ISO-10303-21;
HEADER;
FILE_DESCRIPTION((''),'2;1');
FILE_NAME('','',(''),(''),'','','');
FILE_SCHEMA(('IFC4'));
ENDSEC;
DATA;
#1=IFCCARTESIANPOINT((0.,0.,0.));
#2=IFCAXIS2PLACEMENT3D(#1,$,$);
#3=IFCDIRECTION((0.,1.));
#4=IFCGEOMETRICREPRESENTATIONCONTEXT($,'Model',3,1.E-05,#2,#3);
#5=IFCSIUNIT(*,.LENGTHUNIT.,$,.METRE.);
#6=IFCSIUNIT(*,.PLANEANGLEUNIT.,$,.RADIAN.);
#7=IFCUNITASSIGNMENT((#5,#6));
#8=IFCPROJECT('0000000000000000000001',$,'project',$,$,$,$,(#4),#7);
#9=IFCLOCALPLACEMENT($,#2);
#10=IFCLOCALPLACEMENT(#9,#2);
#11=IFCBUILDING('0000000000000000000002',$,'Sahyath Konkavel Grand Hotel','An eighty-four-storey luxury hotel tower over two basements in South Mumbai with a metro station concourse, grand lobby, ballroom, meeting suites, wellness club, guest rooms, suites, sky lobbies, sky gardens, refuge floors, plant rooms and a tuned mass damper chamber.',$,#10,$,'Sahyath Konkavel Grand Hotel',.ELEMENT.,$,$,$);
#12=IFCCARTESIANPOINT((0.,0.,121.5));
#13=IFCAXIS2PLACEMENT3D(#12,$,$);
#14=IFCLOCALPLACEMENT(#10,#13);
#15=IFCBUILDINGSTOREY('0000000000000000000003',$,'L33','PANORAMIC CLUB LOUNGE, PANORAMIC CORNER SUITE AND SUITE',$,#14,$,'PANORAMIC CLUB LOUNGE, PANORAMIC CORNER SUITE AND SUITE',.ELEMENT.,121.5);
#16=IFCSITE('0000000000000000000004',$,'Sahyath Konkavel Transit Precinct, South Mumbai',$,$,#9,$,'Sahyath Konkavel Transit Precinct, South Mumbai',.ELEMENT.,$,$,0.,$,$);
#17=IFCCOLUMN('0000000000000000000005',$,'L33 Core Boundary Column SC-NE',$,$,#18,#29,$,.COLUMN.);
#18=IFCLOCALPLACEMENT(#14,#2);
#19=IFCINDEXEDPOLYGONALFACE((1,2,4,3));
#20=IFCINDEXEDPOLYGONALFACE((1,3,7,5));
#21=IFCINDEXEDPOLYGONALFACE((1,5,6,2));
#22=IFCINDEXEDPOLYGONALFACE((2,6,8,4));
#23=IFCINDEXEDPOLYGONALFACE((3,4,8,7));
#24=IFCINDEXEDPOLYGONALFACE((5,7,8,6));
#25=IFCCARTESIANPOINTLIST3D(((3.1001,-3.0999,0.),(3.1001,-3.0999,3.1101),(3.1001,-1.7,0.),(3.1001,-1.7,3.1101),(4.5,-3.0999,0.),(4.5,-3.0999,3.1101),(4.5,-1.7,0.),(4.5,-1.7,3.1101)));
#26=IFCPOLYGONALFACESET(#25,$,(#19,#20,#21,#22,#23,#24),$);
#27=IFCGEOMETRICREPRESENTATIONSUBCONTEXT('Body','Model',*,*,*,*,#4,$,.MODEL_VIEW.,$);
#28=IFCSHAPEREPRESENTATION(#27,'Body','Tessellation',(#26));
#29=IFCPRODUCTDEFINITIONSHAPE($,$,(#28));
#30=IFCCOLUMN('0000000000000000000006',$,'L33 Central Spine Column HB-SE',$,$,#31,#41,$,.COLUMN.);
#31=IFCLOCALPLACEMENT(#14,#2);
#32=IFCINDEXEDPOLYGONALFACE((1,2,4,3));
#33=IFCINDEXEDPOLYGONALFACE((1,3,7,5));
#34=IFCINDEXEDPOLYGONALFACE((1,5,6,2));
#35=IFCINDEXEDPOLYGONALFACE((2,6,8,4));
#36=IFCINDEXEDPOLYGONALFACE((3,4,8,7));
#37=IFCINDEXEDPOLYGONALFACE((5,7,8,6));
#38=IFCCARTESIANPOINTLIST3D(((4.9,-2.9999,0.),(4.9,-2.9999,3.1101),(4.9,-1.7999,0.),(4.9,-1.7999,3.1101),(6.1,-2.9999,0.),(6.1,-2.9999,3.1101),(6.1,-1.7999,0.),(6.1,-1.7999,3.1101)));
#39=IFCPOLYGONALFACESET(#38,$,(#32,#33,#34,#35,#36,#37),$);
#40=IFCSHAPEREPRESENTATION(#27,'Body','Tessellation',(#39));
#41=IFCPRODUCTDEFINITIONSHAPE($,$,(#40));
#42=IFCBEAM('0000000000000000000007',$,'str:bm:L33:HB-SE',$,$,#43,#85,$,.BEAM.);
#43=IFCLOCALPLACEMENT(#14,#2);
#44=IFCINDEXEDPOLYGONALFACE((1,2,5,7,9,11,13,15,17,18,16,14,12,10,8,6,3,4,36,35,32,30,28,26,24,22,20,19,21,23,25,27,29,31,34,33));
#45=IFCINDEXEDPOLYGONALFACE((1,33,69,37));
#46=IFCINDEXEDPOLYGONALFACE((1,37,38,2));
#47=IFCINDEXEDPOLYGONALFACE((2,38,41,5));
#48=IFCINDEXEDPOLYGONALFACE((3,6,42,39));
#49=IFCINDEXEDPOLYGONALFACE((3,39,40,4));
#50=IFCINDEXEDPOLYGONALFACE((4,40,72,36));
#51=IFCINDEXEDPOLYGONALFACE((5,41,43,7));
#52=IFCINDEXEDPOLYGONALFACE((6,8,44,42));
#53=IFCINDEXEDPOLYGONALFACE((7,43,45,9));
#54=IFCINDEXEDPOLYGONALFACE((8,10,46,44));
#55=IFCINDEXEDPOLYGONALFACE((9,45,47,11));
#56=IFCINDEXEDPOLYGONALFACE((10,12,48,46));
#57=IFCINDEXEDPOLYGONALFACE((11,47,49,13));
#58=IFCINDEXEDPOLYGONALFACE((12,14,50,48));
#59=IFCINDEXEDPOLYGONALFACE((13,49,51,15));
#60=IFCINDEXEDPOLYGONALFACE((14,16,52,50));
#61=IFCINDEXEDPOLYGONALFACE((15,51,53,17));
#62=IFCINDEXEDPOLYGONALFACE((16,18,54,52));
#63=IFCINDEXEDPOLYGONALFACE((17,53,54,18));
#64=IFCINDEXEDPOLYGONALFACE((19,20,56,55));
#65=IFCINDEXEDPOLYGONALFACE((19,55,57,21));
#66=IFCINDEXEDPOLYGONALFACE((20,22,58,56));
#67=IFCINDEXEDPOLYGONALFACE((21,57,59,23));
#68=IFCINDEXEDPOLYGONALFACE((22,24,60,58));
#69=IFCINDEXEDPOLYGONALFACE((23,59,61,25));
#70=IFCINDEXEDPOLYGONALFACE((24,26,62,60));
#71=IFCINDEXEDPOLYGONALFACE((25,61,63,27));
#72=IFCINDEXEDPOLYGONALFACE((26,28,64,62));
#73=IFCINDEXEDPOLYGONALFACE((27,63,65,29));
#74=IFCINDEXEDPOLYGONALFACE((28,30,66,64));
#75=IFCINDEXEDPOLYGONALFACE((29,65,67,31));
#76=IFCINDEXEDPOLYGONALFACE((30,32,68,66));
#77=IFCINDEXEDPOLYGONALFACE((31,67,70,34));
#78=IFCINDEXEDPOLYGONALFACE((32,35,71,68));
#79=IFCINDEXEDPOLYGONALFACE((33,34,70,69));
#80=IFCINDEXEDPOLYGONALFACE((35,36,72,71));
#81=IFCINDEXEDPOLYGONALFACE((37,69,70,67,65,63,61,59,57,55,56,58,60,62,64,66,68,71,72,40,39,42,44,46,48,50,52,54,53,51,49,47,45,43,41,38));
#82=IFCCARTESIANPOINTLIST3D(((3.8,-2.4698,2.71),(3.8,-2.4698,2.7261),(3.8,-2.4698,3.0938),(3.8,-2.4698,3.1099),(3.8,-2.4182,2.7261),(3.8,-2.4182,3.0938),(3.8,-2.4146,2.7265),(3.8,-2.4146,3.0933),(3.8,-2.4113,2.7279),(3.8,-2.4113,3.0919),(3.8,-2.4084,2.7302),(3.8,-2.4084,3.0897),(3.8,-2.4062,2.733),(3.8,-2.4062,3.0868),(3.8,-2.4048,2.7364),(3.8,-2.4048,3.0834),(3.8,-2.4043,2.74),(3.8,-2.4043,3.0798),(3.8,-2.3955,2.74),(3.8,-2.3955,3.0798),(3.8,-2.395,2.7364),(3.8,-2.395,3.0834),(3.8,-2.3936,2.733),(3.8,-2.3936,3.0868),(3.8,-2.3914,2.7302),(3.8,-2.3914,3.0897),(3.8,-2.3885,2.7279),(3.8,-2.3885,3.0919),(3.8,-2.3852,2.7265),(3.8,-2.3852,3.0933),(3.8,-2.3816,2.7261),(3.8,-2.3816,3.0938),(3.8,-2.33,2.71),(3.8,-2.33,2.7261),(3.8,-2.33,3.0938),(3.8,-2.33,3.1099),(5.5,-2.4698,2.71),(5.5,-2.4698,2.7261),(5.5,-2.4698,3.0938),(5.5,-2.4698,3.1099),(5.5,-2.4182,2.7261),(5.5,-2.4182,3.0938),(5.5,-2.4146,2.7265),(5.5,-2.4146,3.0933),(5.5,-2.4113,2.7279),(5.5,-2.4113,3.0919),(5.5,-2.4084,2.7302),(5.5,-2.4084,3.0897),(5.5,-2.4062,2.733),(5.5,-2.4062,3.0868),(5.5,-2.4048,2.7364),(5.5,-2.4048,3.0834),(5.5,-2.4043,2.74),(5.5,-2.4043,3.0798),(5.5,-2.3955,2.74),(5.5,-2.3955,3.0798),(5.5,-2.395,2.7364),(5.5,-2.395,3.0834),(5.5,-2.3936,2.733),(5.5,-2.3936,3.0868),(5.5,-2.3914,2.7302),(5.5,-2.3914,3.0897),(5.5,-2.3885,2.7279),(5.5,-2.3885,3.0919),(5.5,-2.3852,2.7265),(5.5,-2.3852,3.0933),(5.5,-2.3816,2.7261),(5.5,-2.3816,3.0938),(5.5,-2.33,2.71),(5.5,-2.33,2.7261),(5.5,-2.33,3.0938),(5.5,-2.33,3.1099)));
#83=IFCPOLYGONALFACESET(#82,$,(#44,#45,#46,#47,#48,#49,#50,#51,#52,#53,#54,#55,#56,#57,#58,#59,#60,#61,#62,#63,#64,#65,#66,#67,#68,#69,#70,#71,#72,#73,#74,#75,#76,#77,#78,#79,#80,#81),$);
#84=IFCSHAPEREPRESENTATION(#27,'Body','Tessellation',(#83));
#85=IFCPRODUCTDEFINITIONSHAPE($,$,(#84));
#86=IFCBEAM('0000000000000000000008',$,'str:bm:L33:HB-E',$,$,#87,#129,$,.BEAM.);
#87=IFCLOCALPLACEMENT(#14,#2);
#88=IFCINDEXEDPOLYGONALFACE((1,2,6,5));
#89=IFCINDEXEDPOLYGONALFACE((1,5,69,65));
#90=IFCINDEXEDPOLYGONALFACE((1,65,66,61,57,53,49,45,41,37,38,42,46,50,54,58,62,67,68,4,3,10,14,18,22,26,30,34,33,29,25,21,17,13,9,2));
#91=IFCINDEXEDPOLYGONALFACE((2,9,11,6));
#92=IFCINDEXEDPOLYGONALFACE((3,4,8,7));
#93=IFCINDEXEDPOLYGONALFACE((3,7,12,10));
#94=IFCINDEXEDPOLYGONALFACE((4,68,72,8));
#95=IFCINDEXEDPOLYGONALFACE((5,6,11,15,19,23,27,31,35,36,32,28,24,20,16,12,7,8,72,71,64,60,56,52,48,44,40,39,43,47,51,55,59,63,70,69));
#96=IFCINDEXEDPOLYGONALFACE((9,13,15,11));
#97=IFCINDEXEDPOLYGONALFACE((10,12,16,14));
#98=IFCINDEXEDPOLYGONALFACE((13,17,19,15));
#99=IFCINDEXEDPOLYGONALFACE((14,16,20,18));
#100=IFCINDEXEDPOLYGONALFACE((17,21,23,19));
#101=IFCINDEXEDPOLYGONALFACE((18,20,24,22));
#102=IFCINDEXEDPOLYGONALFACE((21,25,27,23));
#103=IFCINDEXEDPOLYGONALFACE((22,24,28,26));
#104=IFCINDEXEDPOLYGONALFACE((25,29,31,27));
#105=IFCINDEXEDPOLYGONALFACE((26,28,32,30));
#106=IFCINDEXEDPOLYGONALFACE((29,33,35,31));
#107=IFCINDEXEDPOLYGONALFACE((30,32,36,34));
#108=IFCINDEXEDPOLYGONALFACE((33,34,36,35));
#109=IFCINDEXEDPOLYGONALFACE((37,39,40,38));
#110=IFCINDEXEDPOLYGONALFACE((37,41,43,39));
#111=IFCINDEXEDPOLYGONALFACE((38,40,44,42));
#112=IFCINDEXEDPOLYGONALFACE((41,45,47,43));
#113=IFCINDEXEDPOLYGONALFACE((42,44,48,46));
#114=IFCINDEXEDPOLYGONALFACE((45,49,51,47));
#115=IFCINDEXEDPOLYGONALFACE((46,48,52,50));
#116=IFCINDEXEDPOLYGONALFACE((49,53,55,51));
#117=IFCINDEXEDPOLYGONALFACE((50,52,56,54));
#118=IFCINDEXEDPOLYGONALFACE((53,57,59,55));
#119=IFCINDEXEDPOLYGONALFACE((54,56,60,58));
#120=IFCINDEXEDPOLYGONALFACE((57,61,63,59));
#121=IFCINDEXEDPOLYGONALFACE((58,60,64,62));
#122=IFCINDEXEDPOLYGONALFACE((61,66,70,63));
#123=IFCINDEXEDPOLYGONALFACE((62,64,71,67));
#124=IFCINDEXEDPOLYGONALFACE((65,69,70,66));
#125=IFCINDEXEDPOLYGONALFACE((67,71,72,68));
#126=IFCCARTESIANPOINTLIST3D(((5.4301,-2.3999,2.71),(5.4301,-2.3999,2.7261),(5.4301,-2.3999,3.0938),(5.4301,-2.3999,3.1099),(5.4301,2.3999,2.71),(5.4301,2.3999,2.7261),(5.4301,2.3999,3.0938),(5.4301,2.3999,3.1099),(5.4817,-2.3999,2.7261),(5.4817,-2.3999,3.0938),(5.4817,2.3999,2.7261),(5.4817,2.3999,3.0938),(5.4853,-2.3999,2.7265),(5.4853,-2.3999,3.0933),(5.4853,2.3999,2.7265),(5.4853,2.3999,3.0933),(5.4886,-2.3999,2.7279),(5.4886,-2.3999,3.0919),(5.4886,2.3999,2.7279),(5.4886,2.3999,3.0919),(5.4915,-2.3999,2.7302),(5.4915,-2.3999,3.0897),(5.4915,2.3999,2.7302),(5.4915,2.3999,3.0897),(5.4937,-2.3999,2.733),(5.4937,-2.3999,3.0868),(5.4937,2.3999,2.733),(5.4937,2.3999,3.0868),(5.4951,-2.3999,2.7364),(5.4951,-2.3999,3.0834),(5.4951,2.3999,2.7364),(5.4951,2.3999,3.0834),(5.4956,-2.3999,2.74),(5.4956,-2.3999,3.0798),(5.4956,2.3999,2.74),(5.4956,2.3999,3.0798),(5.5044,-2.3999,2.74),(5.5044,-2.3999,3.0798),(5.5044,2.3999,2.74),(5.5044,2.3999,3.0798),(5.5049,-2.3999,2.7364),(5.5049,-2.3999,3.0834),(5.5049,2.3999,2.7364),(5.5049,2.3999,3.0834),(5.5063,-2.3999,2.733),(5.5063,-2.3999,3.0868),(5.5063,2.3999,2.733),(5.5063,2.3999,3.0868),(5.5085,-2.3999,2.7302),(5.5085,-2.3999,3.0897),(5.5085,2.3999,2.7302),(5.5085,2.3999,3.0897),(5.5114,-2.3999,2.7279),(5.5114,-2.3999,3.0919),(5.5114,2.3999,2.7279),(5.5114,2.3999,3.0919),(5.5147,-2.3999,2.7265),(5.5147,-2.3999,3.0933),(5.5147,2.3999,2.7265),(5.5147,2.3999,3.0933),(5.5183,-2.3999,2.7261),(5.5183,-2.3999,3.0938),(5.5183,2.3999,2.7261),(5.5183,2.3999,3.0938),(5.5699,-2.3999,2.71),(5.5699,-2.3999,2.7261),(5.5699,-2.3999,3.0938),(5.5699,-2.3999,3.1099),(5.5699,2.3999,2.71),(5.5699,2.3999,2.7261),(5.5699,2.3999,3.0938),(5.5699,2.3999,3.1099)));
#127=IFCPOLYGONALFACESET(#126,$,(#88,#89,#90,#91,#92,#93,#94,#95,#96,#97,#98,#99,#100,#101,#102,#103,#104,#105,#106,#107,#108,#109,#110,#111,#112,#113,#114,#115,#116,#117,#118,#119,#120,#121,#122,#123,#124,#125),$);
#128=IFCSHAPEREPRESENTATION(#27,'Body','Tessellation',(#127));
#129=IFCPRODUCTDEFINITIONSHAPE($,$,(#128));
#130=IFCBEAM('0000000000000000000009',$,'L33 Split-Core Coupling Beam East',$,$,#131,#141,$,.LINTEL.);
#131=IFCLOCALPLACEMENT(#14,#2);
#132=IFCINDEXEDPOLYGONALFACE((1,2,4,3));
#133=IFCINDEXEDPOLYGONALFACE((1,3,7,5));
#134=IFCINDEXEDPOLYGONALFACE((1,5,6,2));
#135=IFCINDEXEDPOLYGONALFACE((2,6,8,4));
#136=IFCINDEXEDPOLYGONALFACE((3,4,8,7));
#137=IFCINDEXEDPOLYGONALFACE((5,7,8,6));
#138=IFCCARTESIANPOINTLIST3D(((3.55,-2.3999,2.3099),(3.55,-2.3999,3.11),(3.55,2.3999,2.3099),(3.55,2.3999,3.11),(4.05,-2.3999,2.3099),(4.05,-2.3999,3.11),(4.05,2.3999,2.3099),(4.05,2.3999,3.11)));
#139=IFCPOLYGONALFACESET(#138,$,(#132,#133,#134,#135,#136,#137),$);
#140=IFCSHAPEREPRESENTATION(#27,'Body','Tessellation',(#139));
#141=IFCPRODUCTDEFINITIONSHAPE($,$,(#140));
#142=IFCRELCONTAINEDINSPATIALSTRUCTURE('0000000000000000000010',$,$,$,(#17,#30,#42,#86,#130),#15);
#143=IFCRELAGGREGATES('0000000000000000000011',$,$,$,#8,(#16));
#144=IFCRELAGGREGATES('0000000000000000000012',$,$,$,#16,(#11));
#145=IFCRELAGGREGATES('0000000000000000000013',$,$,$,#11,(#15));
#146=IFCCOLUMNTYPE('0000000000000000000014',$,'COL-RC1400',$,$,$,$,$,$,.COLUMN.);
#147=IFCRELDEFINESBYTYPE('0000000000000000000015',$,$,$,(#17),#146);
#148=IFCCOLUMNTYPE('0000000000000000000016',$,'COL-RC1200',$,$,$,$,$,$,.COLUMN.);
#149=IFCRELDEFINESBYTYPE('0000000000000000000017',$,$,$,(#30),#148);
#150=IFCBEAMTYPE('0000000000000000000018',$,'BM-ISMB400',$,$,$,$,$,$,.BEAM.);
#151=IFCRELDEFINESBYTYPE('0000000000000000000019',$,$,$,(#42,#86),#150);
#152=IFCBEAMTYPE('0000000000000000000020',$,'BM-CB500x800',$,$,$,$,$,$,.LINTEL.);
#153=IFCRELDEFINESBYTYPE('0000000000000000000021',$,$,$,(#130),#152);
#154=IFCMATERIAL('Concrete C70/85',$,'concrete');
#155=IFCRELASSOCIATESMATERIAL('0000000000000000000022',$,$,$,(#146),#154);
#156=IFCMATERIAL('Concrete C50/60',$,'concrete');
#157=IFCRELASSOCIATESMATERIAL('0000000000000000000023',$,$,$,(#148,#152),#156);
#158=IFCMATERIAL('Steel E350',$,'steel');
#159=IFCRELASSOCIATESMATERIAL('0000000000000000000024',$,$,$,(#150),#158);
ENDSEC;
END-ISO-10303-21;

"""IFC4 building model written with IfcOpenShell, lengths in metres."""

from ifc_helpers import new_model, si_unit, direction, frame, origin, origin_2d, place, context, subcontext, project, spatial, rectangle, i_section, extrude, source, transform, mapped, material, material_profile, profile_set, type_object, element, save


model = new_model("IFC4")

# Units and contexts
model_context = context("Model", 3, precision=1e-05, world=origin(), true_north=direction((0.0, 1.0)))
body_context = subcontext(model_context, "Body", "Model", "MODEL_VIEW")
ifc_project = project(units=[si_unit("LENGTHUNIT", "METRE"), si_unit("PLANEANGLEUNIT", "RADIAN")], contexts=[model_context])

# Site, building, storey
site_placement = place(None, origin())
site = spatial("IfcSite", under=ifc_project, at=site_placement, Name="Sahyath Konkavel Transit Precinct, South Mumbai", LongName="Sahyath Konkavel Transit Precinct, South Mumbai", CompositionType="ELEMENT", RefElevation=0.0)
building_placement = place(site_placement, origin())
building = spatial("IfcBuilding", under=site, at=building_placement, Name="Sahyath Konkavel Grand Hotel", Description="An eighty-four-storey luxury hotel tower over two basements in South Mumbai with a metro station concourse, grand lobby, ballroom, meeting suites, wellness club, guest rooms, suites, sky lobbies, sky gardens, refuge floors, plant rooms and a tuned mass damper chamber.", LongName="Sahyath Konkavel Grand Hotel", CompositionType="ELEMENT")
storey_placement = place(building_placement, frame((0.0, 0.0, 121.5)))
storey = spatial("IfcBuildingStorey", under=building, at=storey_placement, Name="L33", Description="PANORAMIC CLUB LOUNGE, PANORAMIC CORNER SUITE AND SUITE", LongName="PANORAMIC CLUB LOUNGE, PANORAMIC CORNER SUITE AND SUITE", CompositionType="ELEMENT", Elevation=121.5)

# Columns
ifc_material_1 = material(Name="Concrete C70/85", Category="concrete")
ifc_material_profile_1 = material_profile(ifc_material_1, rectangle(XDim=1.3999, YDim=1.3999, at=origin_2d()), Name="RC 1400x1400")
ifc_profile_set_1 = profile_set([ifc_material_profile_1], Name="Concrete C70/85")
column_type_1 = type_object("IfcColumnType", Name="COL-RC1400", PredefinedType="COLUMN", material=ifc_profile_set_1)
shared_shape_1 = source(origin(), body_context, "Body", "SweptSolid", [
    extrude(rectangle(XDim=1.3999, YDim=1.3999, at=origin_2d()), origin(), (0.0, 0.0, 1.0), 3.1101),
])
column_1_placement = place(storey_placement, frame((3.8, -2.3999, 0.0), z_axis=(0.0, 0.0, 1.0), x_axis=(1.0, 0.0, 0.0)))
element("IfcColumn", 1, at=column_1_placement, inside=storey, type_object=column_type_1, Name="L33 Core Boundary Column SC-NE", PredefinedType="COLUMN", context=body_context, shape_type="MappedRepresentation", body=[
    mapped(shared_shape_1, transform((0.0, 0.0, 0.0), scale=1.0)),
])
ifc_material_2 = material(Name="Concrete C50/60", Category="concrete")
ifc_material_profile_2 = material_profile(ifc_material_2, rectangle(XDim=1.2, YDim=1.2, at=origin_2d()), Name="RC 1200x1200")
ifc_profile_set_2 = profile_set([ifc_material_profile_2], Name="Concrete C50/60")
column_type_2 = type_object("IfcColumnType", Name="COL-RC1200", PredefinedType="COLUMN", material=ifc_profile_set_2)
shared_shape_2 = source(origin(), body_context, "Body", "SweptSolid", [
    extrude(rectangle(XDim=1.2, YDim=1.2, at=origin_2d()), origin(), (0.0, 0.0, 1.0), 3.1101),
])
column_2_placement = place(storey_placement, frame((5.5, -2.3999, 0.0), z_axis=(0.0, 0.0, 1.0), x_axis=(1.0, 0.0, 0.0)))
element("IfcColumn", 2, at=column_2_placement, inside=storey, type_object=column_type_2, Name="L33 Central Spine Column HB-SE", PredefinedType="COLUMN", context=body_context, shape_type="MappedRepresentation", body=[
    mapped(shared_shape_2, transform((0.0, 0.0, 0.0), scale=1.0)),
])

# Beams
ifc_material_3 = material(Name="Steel E350", Category="steel")
ifc_material_profile_3 = material_profile(ifc_material_3, i_section(OverallWidth=0.1399, OverallDepth=0.3999, WebThickness=0.0088, FlangeThickness=0.0161, FilletRadius=0.0139, at=origin_2d()), Name="ISMB 400")
ifc_profile_set_3 = profile_set([ifc_material_profile_3], Name="Steel E350")
beam_type_1 = type_object("IfcBeamType", Name="BM-ISMB400", PredefinedType="BEAM", material=ifc_profile_set_3)
shared_shape_3 = source(origin(), body_context, "Body", "SweptSolid", [
    extrude(i_section(OverallWidth=0.1399, OverallDepth=0.3999, WebThickness=0.0088, FlangeThickness=0.0161, FilletRadius=0.0139, at=origin_2d()), origin(), (0.0, 0.0, 1.0), 1.7),
])
beam_1_placement = place(storey_placement, frame((3.8, -2.3999, 2.9099), z_axis=(1.0, 0.0, 0.0), x_axis=(0.0, 1.0, 0.0)))
element("IfcBeam", 3, at=beam_1_placement, inside=storey, type_object=beam_type_1, Name="str:bm:L33:HB-SE", PredefinedType="BEAM", context=body_context, shape_type="MappedRepresentation", body=[
    mapped(shared_shape_3, transform((0.0, 0.0, 0.0), scale=1.0)),
])
shared_shape_4 = source(origin(), body_context, "Body", "SweptSolid", [
    extrude(i_section(OverallWidth=0.1399, OverallDepth=0.3999, WebThickness=0.0088, FlangeThickness=0.0161, FilletRadius=0.0139, at=origin_2d()), origin(), (0.0, 0.0, 1.0), 4.7998),
])
beam_2_placement = place(storey_placement, frame((5.5, -2.3999, 2.9099), z_axis=(0.0, 1.0, 0.0), x_axis=(-1.0, 0.0, 0.0)))
element("IfcBeam", 4, at=beam_2_placement, inside=storey, type_object=beam_type_1, Name="str:bm:L33:HB-E", PredefinedType="BEAM", context=body_context, shape_type="MappedRepresentation", body=[
    mapped(shared_shape_4, transform((0.0, 0.0, 0.0), scale=1.0)),
])
ifc_material_profile_4 = material_profile(ifc_material_2, rectangle(XDim=0.5, YDim=0.8, at=origin_2d()), Name="RC 500x800")
ifc_profile_set_4 = profile_set([ifc_material_profile_4], Name="Concrete C50/60")
beam_type_2 = type_object("IfcBeamType", Name="BM-CB500x800", PredefinedType="LINTEL", material=ifc_profile_set_4)
shared_shape_5 = source(origin(), body_context, "Body", "SweptSolid", [
    extrude(rectangle(XDim=0.5, YDim=0.8, at=origin_2d()), origin(), (0.0, 0.0, 1.0), 4.7998),
])
beam_3_placement = place(storey_placement, frame((3.8, -2.3999, 2.71), z_axis=(0.0, 1.0, 0.0), x_axis=(-1.0, 0.0, 0.0)))
element("IfcBeam", 5, at=beam_3_placement, inside=storey, type_object=beam_type_2, Name="L33 Split-Core Coupling Beam East", PredefinedType="LINTEL", context=body_context, shape_type="MappedRepresentation", body=[
    mapped(shared_shape_5, transform((0.0, 0.0, 0.0), scale=1.0)),
])

save(model, "model.ifc")
